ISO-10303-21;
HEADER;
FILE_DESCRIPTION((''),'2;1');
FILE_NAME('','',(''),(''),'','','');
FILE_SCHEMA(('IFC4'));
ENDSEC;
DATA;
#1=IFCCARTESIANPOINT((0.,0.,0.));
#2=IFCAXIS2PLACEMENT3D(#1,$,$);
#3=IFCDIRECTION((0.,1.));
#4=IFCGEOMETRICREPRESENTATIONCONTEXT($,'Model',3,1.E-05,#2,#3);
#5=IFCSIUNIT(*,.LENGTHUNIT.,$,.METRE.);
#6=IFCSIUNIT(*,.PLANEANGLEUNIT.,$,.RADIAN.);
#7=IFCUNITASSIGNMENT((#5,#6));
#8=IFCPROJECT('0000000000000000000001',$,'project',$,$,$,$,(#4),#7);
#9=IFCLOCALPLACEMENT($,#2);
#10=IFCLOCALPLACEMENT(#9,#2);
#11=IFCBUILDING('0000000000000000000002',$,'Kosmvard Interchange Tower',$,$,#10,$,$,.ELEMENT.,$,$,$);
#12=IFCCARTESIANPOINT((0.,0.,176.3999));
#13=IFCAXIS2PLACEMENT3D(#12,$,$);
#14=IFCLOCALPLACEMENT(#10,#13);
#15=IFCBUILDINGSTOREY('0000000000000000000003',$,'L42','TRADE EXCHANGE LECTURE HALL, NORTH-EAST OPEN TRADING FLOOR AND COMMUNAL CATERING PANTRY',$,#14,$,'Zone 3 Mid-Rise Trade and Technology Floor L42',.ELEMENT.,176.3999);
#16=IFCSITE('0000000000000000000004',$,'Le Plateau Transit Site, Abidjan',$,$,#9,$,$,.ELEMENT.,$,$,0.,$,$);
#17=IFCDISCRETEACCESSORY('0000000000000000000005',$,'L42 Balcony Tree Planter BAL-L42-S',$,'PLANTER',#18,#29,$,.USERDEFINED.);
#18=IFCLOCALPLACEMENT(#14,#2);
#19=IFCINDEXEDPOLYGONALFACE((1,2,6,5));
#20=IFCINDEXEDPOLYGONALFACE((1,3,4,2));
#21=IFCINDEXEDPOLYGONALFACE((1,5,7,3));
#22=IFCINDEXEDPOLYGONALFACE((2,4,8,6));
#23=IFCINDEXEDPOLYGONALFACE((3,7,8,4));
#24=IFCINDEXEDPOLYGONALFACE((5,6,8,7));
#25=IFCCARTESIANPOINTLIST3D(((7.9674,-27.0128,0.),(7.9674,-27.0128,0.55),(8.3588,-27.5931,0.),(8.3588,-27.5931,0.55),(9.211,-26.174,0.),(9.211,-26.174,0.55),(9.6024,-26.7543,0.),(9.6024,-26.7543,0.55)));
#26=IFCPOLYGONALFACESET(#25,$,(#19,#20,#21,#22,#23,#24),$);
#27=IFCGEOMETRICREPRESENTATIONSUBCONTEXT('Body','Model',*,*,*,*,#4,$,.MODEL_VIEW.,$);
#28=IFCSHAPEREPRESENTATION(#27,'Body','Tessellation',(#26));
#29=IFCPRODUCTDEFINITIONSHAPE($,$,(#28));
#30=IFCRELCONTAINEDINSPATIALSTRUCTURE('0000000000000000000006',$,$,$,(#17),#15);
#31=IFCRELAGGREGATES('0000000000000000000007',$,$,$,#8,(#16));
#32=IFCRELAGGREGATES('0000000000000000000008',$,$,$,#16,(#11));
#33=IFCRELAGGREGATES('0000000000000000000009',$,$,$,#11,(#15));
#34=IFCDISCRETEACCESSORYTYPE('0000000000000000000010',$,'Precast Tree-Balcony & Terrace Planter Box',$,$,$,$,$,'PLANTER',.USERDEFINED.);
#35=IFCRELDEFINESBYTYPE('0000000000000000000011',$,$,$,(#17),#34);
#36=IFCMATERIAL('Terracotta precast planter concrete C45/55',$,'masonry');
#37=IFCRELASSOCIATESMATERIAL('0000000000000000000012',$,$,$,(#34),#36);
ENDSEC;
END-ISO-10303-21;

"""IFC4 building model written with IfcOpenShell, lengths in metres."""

from ifc_helpers import new_model, si_unit, direction, frame, origin, origin_2d, place, context, subcontext, project, spatial, rectangle, extrude, source, transform, mapped, material, type_object, element, save


model = new_model("IFC4")

# Units and contexts
model_context = context("Model", 3, precision=1e-05, world=origin(), true_north=direction((0.0, 1.0)))
body_context = subcontext(model_context, "Body", "Model", "MODEL_VIEW")
ifc_project = project(units=[si_unit("LENGTHUNIT", "METRE"), si_unit("PLANEANGLEUNIT", "RADIAN")], contexts=[model_context])

# Site, building, storey
site_placement = place(None, origin())
site = spatial("IfcSite", under=ifc_project, at=site_placement, Name="Le Plateau Transit Site, Abidjan", CompositionType="ELEMENT", RefElevation=0.0)
building_placement = place(site_placement, origin())
building = spatial("IfcBuilding", under=site, at=building_placement, Name="Kosmvard Interchange Tower", CompositionType="ELEMENT")
storey_placement = place(building_placement, frame((0.0, 0.0, 176.3999)))
storey = spatial("IfcBuildingStorey", under=building, at=storey_placement, Name="L42", Description="TRADE EXCHANGE LECTURE HALL, NORTH-EAST OPEN TRADING FLOOR AND COMMUNAL CATERING PANTRY", LongName="Zone 3 Mid-Rise Trade and Technology Floor L42", CompositionType="ELEMENT", Elevation=176.3999)

# Discrete accessory
ifc_material_1 = material(Name="Terracotta precast planter concrete C45/55", Category="masonry")
discrete_accessory_type = type_object("IfcDiscreteAccessoryType", Name="Precast Tree-Balcony & Terrace Planter Box", ElementType="PLANTER", PredefinedType="USERDEFINED", material=ifc_material_1)
shared_shape_1 = source(origin(), body_context, "Body", "SweptSolid", [
    extrude(rectangle(XDim=1.5, YDim=0.7, at=origin_2d()), origin(), (0.0, 0.0, 1.0), 0.55),
])
discrete_accessory_placement = place(storey_placement, frame((8.7849, -26.8835, 0.0), z_axis=(0.0, 0.0, 1.0), x_axis=(0.829038, 0.559193, 0.0)))
element("IfcDiscreteAccessory", 1, at=discrete_accessory_placement, inside=storey, type_object=discrete_accessory_type, Name="L42 Balcony Tree Planter BAL-L42-S", ObjectType="PLANTER", PredefinedType="USERDEFINED", context=body_context, shape_type="MappedRepresentation", body=[
    mapped(shared_shape_1, transform((0.0, 0.0, 0.0), scale=1.0)),
])

save(model, "model.ifc")
